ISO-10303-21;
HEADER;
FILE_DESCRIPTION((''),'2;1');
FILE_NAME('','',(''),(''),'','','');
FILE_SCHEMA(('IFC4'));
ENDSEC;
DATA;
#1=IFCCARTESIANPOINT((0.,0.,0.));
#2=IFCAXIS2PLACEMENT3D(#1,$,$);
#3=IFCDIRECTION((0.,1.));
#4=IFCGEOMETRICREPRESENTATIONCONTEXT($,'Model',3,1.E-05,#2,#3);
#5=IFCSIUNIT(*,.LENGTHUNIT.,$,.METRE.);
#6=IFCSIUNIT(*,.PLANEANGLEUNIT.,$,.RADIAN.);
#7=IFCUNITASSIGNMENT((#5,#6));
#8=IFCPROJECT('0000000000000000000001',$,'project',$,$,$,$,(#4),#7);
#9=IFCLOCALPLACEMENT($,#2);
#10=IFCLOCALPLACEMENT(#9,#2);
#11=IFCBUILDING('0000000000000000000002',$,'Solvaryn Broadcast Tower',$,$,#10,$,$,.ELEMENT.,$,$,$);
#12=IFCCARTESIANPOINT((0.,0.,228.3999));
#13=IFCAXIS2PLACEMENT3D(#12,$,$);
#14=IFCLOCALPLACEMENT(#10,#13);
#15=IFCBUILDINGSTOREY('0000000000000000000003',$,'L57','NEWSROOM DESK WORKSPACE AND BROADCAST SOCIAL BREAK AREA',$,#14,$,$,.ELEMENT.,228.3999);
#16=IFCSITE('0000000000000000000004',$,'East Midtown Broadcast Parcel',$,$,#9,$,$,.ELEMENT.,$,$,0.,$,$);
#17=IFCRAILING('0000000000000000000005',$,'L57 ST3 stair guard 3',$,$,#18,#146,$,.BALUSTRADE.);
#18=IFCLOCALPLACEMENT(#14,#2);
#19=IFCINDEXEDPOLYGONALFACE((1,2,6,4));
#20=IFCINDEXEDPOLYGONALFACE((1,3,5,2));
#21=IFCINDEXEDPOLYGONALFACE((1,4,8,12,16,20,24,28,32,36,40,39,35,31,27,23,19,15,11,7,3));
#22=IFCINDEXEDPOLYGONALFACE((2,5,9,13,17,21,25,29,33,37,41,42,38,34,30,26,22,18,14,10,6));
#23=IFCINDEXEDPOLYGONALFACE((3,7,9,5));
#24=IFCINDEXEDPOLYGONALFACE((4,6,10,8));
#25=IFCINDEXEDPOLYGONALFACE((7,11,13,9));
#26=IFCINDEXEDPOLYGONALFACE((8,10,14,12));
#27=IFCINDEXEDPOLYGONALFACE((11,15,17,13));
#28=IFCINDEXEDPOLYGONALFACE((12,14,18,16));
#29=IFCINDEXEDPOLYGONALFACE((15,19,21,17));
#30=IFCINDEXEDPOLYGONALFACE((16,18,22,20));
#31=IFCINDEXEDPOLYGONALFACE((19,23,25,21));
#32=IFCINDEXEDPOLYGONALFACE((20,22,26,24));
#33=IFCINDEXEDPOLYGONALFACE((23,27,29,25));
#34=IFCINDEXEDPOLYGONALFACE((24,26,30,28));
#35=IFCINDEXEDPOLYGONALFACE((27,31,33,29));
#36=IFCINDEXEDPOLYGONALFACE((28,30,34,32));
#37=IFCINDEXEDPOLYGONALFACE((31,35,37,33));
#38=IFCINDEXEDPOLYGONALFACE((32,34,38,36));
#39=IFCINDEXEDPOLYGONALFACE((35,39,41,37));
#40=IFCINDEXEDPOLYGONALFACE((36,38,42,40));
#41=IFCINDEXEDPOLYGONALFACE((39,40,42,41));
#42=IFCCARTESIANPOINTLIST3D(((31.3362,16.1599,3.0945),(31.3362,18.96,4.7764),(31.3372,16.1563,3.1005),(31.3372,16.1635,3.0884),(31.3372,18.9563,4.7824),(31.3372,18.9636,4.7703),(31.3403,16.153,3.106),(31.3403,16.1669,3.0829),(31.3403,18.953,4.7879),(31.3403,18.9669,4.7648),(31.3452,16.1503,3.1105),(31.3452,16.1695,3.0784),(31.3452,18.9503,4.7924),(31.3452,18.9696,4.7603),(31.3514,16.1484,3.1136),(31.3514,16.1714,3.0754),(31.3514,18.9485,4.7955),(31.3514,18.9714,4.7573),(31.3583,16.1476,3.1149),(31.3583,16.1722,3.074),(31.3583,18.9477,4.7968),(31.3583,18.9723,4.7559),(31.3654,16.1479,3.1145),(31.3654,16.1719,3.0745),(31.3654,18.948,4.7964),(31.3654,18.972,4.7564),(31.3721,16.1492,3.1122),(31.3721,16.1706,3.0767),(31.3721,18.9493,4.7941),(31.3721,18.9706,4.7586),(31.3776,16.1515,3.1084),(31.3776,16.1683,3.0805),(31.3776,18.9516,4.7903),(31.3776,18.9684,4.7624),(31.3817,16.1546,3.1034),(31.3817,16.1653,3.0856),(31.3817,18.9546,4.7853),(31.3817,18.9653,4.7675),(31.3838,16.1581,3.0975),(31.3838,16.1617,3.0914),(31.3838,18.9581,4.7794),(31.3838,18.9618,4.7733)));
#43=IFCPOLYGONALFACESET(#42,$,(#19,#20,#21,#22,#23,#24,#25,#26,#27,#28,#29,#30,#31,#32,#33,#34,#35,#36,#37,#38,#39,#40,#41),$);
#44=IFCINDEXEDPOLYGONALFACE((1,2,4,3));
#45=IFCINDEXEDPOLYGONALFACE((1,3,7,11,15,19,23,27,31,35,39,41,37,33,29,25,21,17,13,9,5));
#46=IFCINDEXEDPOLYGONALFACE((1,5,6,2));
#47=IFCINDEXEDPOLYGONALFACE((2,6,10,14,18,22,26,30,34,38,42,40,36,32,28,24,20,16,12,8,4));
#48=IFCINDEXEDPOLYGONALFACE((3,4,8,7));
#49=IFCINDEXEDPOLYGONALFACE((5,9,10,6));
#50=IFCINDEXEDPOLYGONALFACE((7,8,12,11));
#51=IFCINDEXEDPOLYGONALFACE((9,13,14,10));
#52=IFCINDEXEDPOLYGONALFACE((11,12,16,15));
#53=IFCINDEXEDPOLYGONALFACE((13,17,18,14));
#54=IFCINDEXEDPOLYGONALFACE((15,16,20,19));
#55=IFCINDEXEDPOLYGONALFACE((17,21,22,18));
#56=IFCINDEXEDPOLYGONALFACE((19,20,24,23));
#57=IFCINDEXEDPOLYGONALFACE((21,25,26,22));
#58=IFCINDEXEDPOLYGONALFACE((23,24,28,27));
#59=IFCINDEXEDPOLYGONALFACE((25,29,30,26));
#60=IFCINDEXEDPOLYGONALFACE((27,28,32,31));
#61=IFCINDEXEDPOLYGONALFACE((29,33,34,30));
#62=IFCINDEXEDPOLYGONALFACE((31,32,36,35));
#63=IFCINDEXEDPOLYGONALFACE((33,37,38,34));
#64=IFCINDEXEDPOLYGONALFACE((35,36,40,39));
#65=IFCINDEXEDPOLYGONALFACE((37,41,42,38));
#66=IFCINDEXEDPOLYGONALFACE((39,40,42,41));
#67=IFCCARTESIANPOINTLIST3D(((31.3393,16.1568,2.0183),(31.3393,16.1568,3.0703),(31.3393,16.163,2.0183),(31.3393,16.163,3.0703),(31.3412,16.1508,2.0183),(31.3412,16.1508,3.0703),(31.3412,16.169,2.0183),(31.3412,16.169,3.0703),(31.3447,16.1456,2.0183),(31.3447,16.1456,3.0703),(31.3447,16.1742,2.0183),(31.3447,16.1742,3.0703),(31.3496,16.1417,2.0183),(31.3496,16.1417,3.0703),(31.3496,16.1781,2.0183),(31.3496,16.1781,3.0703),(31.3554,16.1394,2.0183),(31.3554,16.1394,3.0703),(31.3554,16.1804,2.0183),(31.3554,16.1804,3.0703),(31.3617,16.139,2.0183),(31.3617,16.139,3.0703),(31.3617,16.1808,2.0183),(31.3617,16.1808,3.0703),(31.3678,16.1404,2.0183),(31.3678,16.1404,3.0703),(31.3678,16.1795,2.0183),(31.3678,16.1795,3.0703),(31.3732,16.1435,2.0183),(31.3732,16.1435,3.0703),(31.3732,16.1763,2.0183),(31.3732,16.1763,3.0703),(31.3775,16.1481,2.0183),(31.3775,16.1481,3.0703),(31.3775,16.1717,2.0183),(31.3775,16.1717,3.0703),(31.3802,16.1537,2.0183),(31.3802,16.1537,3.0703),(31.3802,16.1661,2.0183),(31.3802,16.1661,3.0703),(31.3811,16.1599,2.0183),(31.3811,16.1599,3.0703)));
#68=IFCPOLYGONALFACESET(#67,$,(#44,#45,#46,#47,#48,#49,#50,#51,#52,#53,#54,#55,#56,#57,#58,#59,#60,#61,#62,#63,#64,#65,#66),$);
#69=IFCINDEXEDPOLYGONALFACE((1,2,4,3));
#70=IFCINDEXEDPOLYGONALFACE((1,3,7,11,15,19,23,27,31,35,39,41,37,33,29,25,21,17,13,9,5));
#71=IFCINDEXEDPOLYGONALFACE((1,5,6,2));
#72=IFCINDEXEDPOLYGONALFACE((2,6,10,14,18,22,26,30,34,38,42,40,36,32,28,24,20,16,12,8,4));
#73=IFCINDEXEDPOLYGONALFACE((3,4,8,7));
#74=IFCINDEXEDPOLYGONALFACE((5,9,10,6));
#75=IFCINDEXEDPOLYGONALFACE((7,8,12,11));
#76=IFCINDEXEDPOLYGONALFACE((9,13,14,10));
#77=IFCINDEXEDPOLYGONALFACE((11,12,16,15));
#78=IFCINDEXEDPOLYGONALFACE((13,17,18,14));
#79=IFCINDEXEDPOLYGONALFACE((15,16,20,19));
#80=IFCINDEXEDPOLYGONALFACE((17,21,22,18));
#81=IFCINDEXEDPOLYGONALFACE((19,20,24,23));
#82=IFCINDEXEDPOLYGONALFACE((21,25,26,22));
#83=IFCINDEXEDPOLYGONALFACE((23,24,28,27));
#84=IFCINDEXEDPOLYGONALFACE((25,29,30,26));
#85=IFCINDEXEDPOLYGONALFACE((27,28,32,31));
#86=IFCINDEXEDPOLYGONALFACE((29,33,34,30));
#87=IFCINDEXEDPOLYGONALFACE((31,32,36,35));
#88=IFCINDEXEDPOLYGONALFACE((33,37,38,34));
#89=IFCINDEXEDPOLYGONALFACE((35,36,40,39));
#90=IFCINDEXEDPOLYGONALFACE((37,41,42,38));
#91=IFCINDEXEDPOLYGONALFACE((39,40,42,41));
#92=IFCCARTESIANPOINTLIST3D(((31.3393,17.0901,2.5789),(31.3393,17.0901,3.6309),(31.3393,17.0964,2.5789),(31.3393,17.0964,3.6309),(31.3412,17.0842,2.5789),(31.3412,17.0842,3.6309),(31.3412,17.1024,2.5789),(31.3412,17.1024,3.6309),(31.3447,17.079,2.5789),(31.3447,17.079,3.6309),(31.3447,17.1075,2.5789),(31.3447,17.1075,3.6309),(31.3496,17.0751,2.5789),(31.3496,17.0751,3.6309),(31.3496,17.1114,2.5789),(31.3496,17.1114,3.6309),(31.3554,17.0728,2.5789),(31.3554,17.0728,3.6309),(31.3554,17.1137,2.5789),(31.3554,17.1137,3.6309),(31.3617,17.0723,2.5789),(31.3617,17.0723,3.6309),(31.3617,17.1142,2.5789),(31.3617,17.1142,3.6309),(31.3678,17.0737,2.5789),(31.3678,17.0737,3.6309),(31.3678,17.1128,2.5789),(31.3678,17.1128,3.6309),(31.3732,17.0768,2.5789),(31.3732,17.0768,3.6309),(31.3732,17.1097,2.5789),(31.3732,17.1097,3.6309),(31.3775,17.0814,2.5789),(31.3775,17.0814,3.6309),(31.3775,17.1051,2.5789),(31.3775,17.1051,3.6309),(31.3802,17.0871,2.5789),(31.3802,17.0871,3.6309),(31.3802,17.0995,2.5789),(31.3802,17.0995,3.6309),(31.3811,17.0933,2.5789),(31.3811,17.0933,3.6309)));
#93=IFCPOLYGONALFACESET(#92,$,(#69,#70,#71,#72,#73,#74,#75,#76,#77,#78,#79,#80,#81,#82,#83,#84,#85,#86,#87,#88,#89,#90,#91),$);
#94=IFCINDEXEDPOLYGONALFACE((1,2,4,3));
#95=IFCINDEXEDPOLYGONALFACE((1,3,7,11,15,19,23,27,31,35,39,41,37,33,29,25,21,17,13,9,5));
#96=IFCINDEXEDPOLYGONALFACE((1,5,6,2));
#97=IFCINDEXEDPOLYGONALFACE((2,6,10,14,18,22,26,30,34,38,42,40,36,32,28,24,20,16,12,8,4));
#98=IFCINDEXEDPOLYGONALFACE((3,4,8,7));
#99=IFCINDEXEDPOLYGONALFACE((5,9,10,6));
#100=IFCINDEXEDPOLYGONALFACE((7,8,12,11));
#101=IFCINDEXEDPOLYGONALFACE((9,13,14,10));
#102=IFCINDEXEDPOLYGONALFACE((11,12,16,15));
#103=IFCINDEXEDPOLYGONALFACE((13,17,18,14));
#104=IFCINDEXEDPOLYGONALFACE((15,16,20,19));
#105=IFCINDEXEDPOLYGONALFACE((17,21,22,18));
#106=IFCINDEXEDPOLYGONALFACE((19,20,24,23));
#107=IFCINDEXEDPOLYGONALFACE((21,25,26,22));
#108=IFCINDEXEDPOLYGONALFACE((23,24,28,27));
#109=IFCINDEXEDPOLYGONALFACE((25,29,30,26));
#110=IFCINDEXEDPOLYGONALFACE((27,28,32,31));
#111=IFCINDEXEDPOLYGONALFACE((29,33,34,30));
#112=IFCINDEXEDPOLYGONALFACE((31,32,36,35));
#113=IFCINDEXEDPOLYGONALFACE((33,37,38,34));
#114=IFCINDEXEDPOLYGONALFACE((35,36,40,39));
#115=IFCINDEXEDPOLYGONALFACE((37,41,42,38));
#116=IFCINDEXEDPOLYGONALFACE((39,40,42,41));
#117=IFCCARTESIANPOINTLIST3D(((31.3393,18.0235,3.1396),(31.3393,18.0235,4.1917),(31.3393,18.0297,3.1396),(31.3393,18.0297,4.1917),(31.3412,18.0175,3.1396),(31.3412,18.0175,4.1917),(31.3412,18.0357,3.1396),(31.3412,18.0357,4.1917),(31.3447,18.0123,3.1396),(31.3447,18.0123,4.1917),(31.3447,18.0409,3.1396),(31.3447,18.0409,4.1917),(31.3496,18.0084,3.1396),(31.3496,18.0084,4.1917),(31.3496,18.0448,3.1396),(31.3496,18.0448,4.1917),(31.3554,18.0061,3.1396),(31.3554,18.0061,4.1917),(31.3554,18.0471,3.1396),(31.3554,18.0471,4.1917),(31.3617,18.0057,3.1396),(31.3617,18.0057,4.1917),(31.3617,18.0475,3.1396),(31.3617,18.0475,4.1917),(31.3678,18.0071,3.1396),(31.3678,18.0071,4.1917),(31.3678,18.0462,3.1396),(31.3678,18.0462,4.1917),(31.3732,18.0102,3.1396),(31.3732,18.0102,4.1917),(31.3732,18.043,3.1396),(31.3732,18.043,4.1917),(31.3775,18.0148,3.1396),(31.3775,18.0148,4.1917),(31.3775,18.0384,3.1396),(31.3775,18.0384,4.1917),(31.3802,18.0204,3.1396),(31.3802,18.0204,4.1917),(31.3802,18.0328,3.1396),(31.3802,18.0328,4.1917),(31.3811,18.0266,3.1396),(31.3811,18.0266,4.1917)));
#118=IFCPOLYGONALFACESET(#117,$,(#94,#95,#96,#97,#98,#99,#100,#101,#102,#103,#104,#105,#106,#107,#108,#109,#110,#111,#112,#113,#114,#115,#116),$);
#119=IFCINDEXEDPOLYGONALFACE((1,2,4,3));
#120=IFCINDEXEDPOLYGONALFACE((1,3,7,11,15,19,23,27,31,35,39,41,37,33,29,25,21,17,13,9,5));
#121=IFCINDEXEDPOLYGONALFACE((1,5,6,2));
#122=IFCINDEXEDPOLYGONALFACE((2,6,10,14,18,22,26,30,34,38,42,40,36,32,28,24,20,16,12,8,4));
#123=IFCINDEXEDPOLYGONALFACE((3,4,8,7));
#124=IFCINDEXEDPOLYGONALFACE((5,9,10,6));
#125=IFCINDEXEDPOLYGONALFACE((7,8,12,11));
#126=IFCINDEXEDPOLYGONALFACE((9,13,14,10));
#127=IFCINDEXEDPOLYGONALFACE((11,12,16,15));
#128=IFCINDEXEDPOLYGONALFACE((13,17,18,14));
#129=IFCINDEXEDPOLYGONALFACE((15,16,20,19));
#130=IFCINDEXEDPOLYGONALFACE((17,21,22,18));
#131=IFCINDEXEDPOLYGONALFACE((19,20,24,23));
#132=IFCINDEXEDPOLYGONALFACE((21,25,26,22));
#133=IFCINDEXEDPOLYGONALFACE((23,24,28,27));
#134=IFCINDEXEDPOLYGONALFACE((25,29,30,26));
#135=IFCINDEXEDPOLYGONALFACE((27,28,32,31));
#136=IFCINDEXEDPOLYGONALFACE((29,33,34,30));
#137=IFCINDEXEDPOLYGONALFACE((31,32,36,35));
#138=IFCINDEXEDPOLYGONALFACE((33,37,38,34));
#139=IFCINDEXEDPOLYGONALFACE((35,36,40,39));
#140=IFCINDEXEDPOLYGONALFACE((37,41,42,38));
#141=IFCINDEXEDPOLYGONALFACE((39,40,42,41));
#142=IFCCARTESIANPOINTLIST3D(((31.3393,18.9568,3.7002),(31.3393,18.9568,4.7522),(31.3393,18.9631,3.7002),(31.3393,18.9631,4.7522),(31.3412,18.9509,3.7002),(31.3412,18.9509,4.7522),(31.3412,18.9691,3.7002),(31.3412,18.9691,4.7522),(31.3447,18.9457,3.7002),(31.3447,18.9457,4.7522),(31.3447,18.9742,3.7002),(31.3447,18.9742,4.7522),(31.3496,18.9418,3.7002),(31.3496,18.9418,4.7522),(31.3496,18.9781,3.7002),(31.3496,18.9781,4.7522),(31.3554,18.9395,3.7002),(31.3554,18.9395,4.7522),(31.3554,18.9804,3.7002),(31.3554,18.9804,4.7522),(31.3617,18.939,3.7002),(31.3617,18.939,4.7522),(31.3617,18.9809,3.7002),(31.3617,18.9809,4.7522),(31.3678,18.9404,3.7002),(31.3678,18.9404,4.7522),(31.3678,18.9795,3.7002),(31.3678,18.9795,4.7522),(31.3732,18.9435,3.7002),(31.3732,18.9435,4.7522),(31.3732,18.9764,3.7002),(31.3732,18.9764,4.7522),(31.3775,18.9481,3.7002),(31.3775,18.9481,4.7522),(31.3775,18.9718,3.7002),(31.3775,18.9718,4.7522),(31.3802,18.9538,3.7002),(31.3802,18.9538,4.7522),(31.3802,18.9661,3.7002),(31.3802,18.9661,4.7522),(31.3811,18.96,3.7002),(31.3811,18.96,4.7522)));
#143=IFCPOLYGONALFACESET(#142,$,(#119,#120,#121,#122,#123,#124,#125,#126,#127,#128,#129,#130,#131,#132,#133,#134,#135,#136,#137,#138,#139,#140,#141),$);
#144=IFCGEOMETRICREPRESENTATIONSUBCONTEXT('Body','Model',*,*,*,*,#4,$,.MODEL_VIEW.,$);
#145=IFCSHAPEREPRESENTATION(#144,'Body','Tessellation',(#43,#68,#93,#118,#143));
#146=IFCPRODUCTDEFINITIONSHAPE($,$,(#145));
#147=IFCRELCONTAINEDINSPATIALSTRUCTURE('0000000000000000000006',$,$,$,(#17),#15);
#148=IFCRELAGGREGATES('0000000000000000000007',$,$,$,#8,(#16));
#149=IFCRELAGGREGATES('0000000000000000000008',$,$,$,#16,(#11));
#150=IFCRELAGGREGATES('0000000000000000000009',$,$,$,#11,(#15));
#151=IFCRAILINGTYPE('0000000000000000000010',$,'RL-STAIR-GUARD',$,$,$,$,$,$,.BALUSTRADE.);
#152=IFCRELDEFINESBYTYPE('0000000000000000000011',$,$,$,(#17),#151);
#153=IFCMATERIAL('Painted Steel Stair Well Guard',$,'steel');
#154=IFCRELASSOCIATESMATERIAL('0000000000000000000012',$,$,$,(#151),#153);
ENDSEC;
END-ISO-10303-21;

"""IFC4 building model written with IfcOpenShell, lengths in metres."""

from ifc_helpers import new_model, si_unit, direction, frame, origin, origin_2d, place, context, subcontext, project, spatial, circle, extrude, material, type_object, element, save


model = new_model("IFC4")

# Units and contexts
model_context = context("Model", 3, precision=1e-05, world=origin(), true_north=direction((0.0, 1.0)))
body_context = subcontext(model_context, "Body", "Model", "MODEL_VIEW")
ifc_project = project(units=[si_unit("LENGTHUNIT", "METRE"), si_unit("PLANEANGLEUNIT", "RADIAN")], contexts=[model_context])

# Site, building, storey
site_placement = place(None, origin())
site = spatial("IfcSite", under=ifc_project, at=site_placement, Name="East Midtown Broadcast Parcel", CompositionType="ELEMENT", RefElevation=0.0)
building_placement = place(site_placement, origin())
building = spatial("IfcBuilding", under=site, at=building_placement, Name="Solvaryn Broadcast Tower", CompositionType="ELEMENT")
storey_placement = place(building_placement, frame((0.0, 0.0, 228.3999)))
storey = spatial("IfcBuildingStorey", under=building, at=storey_placement, Name="L57", Description="NEWSROOM DESK WORKSPACE AND BROADCAST SOCIAL BREAK AREA", CompositionType="ELEMENT", Elevation=228.3999)

# Railing
ifc_material_1 = material(Name="Painted Steel Stair Well Guard", Category="steel")
railing_type_1 = type_object("IfcRailingType", Name="RL-STAIR-GUARD", PredefinedType="BALUSTRADE", material=ifc_material_1)
railing_1_placement = place(storey_placement, frame((31.3601, 16.1599, 2.0183)))
element("IfcRailing", 1, at=railing_1_placement, inside=storey, type_object=railing_type_1, Name="L57 ST3 stair guard 3", PredefinedType="BALUSTRADE", context=body_context, shape_type="SweptSolid", body=[
    extrude(circle(Radius=0.0239, at=origin_2d()), frame((0.0, 0.0, 1.0762), z_axis=(0.0, 0.857242, 0.514913), x_axis=(-1.0, 0.0, 0.0)), (0.0, 0.0, 1.0), 3.2664),
    extrude(circle(Radius=0.021, at=origin_2d()), origin(), (0.0, 0.0, 1.0), 1.052),
    extrude(circle(Radius=0.021, at=origin_2d()), frame((0.0, 0.9333, 0.5605)), (0.0, 0.0, 1.0), 1.052),
    extrude(circle(Radius=0.021, at=origin_2d()), frame((0.0, 1.8667, 1.1213)), (0.0, 0.0, 1.0), 1.052),
    extrude(circle(Radius=0.021, at=origin_2d()), frame((0.0, 2.8, 1.6819)), (0.0, 0.0, 1.0), 1.052),
])

save(model, "model.ifc")
